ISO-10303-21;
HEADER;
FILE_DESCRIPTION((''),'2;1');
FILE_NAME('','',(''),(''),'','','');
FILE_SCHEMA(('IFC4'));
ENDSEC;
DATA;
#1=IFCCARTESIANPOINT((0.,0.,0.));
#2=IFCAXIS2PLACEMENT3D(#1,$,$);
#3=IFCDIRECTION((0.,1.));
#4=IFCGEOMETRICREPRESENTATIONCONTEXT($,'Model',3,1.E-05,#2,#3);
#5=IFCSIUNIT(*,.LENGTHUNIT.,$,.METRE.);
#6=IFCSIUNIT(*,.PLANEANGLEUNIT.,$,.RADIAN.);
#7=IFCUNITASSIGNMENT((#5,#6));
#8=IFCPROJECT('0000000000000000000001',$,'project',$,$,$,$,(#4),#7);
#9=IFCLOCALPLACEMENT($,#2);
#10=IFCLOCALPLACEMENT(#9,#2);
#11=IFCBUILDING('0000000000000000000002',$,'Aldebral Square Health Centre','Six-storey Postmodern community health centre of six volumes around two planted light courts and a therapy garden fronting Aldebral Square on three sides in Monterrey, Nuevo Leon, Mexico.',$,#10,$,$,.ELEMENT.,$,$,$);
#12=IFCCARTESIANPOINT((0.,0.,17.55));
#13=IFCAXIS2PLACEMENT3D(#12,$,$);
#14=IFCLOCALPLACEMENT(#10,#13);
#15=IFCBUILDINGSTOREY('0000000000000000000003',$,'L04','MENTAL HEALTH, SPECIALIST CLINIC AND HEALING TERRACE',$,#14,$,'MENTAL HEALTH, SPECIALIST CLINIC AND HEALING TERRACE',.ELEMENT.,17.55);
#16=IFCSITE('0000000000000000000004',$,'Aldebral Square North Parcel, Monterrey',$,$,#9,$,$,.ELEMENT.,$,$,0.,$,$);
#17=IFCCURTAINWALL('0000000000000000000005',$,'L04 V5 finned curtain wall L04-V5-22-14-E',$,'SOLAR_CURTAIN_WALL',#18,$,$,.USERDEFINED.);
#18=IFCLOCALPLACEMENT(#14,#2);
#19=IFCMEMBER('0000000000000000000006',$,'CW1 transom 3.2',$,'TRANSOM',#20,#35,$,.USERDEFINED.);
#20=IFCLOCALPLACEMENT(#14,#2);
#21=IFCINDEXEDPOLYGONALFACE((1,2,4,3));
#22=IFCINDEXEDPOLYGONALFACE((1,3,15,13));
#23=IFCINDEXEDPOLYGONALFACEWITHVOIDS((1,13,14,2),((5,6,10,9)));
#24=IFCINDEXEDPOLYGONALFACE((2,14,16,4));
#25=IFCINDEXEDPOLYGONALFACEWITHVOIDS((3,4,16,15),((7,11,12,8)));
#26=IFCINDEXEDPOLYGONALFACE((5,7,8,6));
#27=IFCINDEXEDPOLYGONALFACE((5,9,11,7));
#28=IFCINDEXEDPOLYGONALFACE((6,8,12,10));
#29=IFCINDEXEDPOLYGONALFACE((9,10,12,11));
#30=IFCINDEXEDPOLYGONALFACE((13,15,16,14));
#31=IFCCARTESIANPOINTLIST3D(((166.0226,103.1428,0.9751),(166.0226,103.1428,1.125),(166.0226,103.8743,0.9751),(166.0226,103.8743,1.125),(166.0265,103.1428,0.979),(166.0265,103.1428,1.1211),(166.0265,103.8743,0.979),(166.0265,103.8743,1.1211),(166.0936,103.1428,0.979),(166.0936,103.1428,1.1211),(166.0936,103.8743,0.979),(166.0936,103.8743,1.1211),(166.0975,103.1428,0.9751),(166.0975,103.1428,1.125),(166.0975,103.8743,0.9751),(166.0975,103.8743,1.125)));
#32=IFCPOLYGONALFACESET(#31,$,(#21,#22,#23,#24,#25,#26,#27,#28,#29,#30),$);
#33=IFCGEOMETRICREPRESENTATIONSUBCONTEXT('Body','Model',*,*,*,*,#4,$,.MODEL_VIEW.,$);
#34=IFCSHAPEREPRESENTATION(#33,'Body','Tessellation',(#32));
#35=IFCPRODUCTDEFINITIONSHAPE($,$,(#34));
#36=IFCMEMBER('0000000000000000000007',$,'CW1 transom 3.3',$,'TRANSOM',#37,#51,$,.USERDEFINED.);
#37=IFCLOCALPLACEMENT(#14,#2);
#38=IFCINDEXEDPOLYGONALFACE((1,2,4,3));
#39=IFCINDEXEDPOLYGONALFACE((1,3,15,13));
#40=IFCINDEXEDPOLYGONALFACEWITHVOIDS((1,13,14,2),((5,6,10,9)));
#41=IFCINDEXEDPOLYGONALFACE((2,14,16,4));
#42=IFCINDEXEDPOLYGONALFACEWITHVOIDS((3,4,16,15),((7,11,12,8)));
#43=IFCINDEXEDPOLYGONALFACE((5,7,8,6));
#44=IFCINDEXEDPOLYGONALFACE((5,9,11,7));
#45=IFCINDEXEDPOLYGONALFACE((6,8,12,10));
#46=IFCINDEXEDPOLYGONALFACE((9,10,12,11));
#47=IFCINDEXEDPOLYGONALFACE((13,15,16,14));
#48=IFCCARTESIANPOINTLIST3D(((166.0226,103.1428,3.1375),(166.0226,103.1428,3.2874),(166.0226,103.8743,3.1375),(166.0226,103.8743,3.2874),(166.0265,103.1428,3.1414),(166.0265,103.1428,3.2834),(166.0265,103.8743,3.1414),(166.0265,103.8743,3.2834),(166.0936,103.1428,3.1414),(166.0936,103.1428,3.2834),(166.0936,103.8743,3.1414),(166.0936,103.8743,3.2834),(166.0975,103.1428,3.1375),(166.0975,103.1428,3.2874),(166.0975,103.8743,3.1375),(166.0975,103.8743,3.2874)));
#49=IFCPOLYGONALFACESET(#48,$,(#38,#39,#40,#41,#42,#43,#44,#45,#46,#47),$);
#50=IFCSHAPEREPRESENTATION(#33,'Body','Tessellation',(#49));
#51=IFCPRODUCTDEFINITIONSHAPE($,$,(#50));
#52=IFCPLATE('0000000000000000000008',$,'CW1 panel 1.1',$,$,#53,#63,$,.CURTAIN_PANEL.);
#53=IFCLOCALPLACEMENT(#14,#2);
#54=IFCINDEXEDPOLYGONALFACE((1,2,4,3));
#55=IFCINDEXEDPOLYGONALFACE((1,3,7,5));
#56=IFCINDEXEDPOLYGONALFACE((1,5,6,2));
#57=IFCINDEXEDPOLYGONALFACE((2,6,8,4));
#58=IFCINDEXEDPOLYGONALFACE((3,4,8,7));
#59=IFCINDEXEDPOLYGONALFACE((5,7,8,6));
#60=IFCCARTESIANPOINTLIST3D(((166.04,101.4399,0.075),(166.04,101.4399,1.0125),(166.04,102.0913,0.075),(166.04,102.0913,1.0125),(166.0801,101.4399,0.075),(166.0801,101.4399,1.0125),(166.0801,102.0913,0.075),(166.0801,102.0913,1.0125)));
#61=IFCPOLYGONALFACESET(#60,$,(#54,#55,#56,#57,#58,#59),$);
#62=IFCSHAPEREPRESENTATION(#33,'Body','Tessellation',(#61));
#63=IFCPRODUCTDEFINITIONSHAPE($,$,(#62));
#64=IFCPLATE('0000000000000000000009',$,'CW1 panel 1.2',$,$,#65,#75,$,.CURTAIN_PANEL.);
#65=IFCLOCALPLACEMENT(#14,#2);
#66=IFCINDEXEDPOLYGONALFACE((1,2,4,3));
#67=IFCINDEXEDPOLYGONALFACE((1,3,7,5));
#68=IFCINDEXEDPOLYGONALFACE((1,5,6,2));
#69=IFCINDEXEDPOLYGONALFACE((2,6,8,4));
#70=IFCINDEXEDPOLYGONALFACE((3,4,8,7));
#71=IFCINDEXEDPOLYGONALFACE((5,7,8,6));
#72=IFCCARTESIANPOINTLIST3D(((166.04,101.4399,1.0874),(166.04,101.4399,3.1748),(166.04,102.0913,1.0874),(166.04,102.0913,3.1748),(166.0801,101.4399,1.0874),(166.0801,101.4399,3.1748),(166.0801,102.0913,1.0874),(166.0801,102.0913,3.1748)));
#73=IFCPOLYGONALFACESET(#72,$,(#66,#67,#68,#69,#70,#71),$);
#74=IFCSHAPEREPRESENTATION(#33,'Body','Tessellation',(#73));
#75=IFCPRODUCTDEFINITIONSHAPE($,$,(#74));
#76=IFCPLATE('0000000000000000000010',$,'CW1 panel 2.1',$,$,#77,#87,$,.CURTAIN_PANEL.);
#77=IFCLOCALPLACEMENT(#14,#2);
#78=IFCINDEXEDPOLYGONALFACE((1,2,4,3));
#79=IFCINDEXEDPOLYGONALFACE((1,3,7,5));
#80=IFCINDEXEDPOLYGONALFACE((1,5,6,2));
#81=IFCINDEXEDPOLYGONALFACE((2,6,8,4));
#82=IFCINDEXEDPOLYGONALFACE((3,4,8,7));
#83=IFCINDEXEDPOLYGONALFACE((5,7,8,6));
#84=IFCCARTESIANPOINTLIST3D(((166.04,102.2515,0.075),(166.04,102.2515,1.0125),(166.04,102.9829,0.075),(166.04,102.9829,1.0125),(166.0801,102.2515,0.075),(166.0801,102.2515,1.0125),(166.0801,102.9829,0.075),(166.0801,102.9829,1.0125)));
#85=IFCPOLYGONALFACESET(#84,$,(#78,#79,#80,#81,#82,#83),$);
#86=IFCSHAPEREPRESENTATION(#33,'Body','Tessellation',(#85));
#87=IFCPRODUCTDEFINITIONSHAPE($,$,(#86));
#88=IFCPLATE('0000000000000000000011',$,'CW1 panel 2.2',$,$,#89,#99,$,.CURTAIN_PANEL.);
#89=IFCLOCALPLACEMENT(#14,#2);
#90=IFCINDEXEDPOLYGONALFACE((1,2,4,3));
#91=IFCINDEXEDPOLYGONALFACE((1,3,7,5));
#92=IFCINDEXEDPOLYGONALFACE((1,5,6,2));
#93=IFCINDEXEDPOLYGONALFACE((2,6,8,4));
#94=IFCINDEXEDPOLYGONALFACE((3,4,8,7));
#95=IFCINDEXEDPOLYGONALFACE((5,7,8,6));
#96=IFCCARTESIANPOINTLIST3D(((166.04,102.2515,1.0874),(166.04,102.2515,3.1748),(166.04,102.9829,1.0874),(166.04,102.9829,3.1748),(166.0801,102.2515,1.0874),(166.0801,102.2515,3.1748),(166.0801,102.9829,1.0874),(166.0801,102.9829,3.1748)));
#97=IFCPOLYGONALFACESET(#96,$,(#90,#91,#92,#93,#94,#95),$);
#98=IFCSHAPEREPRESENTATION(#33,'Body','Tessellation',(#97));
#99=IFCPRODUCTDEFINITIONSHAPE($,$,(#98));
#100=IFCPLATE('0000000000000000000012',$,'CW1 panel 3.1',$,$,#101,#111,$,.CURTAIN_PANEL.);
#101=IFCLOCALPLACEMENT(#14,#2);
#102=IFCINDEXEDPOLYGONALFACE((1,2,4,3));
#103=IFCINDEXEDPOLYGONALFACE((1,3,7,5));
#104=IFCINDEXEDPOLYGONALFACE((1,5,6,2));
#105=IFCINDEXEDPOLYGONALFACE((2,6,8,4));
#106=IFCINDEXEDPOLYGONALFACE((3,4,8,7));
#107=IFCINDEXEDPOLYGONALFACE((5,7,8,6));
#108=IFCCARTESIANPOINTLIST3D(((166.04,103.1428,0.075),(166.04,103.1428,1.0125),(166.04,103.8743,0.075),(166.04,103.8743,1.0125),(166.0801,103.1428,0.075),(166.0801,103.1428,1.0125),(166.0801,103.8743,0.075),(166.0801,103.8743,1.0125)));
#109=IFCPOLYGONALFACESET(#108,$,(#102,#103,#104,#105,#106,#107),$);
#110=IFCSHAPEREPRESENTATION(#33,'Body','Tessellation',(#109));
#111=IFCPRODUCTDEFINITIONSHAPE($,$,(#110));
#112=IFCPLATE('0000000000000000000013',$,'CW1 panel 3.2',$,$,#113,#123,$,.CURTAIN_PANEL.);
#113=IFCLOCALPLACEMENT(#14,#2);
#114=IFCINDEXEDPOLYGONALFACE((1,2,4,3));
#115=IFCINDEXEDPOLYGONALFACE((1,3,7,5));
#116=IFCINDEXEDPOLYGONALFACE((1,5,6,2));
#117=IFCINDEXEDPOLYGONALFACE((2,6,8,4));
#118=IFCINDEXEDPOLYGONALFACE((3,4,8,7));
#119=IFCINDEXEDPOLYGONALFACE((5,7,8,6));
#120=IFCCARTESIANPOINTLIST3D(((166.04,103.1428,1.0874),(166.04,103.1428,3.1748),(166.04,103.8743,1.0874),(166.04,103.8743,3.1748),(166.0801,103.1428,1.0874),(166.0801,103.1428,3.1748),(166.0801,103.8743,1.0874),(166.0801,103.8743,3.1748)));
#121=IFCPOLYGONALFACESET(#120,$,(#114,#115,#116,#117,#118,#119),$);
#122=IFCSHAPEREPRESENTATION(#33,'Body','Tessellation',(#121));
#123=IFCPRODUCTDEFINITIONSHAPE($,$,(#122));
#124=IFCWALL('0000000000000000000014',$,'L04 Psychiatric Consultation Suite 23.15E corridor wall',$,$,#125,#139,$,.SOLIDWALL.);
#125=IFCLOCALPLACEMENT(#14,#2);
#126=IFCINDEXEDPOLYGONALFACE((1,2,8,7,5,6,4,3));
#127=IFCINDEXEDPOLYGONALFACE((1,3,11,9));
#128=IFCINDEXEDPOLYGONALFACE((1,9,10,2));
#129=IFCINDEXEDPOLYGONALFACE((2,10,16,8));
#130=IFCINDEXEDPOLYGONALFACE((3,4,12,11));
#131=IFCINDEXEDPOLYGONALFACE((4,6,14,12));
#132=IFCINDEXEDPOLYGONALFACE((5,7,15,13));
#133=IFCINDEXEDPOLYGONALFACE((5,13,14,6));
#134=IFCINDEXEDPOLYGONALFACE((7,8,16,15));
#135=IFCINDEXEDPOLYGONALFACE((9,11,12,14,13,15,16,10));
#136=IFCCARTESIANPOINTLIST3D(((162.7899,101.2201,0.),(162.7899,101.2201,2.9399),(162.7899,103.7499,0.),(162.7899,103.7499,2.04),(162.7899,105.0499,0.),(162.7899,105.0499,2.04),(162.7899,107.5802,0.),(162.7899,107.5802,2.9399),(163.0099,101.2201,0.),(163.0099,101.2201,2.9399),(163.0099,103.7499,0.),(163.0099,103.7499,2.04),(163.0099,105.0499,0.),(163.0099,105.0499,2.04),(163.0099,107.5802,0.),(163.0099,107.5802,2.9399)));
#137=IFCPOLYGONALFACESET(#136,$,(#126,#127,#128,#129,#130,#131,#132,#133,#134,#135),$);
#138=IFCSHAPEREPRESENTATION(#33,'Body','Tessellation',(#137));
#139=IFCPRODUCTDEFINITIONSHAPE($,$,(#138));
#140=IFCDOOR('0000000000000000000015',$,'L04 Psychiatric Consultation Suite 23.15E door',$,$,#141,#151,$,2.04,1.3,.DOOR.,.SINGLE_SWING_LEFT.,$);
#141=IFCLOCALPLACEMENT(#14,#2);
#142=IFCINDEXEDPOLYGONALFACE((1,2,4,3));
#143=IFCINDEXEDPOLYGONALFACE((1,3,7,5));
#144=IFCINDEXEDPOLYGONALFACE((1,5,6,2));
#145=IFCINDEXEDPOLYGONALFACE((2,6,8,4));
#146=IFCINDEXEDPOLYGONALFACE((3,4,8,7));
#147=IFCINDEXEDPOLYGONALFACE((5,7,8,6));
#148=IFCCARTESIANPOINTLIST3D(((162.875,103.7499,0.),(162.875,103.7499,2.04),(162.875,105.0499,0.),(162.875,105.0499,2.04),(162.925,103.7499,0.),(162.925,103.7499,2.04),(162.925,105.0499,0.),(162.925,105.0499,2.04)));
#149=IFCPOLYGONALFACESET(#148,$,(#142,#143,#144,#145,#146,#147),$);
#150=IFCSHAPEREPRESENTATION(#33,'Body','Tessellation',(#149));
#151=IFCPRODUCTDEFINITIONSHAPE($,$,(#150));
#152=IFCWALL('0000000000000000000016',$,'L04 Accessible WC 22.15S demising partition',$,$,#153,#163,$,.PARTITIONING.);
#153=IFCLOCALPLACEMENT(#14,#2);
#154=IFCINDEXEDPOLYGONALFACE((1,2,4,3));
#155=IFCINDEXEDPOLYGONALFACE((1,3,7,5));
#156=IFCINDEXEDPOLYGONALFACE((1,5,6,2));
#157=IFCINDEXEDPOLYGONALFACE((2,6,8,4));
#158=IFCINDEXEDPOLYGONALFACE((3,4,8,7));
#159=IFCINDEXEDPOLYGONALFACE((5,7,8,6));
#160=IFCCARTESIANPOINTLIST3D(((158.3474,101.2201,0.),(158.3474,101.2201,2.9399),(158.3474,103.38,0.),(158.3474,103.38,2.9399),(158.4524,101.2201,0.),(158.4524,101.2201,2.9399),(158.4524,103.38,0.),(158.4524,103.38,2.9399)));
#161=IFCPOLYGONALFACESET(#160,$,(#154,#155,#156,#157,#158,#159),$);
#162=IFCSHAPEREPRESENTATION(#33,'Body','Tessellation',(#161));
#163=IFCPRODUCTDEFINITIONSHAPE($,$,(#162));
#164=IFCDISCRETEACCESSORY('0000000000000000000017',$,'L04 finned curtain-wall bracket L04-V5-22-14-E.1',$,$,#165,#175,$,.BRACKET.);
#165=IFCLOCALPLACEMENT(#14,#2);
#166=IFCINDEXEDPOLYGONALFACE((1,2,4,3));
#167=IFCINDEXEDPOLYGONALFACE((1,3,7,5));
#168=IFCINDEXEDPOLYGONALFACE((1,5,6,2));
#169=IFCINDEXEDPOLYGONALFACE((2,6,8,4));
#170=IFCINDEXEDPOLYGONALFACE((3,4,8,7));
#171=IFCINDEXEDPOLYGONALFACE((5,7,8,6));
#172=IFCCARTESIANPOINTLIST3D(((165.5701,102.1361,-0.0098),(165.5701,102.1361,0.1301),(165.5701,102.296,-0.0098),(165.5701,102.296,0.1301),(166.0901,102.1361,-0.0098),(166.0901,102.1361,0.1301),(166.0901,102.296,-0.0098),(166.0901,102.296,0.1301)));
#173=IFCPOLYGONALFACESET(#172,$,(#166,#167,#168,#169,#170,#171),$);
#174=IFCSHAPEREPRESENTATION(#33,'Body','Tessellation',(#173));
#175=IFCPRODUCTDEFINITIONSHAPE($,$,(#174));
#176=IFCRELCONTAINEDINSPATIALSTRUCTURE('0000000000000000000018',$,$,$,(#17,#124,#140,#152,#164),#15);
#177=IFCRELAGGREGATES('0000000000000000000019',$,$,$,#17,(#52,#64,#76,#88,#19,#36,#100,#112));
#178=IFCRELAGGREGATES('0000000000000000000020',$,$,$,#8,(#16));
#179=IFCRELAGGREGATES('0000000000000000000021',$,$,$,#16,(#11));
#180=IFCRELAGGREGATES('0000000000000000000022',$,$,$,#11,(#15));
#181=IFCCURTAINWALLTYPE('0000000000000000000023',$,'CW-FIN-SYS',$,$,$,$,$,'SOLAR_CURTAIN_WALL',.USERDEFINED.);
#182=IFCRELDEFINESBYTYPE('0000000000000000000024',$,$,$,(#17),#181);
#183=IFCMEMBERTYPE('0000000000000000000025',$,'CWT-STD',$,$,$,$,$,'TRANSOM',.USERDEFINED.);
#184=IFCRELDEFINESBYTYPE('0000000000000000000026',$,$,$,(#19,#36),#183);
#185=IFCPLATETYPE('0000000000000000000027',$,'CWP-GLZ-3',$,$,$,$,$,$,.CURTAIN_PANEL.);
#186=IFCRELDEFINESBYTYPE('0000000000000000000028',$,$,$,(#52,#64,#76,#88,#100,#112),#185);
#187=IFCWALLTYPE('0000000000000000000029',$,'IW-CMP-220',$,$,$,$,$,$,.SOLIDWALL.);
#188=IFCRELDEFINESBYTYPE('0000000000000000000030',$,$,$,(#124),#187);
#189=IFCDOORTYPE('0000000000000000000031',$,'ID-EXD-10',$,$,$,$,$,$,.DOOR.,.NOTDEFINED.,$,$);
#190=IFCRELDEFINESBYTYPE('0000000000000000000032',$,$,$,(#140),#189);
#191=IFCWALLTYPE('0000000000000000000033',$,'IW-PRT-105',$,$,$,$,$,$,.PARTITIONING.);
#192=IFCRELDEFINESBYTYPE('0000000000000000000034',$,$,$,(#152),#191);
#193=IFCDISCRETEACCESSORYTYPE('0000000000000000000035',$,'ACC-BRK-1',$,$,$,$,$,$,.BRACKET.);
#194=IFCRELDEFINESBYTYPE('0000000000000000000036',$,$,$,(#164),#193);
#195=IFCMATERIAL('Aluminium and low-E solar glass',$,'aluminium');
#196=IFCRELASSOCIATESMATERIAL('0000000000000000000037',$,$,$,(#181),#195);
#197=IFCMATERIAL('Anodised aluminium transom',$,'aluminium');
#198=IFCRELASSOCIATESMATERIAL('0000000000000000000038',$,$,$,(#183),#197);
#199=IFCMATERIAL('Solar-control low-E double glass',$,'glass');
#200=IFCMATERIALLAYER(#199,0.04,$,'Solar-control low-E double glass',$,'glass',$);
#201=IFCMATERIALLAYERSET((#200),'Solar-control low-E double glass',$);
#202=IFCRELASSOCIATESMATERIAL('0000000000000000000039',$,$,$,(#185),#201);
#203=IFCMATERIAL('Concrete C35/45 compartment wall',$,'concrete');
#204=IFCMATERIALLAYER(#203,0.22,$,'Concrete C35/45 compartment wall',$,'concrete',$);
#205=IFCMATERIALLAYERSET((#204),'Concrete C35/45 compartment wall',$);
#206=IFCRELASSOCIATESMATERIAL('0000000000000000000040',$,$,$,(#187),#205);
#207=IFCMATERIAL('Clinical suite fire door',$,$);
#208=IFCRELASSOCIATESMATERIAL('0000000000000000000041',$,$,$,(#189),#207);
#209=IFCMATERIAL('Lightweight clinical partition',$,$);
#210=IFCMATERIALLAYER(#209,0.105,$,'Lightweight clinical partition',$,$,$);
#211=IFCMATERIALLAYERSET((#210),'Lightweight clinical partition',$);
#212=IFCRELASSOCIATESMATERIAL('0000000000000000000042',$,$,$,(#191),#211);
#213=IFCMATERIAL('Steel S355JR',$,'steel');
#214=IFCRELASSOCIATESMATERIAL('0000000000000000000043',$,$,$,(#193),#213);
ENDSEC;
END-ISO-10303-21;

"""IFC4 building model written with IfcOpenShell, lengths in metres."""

from ifc_helpers import new_model, si_unit, direction, frame, frame_2d, origin, origin_2d, place, context, subcontext, project, spatial, rectangle, hollow_rectangle, extrude, material, layer, layer_set, material_profile, profile_set, type_object, element, fill, aggregate, save


model = new_model("IFC4")

# Units and contexts
model_context = context("Model", 3, precision=1e-05, world=origin(), true_north=direction((0.0, 1.0)))
body_context = subcontext(model_context, "Body", "Model", "MODEL_VIEW")
ifc_project = project(units=[si_unit("LENGTHUNIT", "METRE"), si_unit("PLANEANGLEUNIT", "RADIAN")], contexts=[model_context])

# Site, building, storey
site_placement = place(None, origin())
site = spatial("IfcSite", under=ifc_project, at=site_placement, Name="Aldebral Square North Parcel, Monterrey", CompositionType="ELEMENT", RefElevation=0.0)
building_placement = place(site_placement, origin())
building = spatial("IfcBuilding", under=site, at=building_placement, Name="Aldebral Square Health Centre", Description="Six-storey Postmodern community health centre of six volumes around two planted light courts and a therapy garden fronting Aldebral Square on three sides in Monterrey, Nuevo Leon, Mexico.", CompositionType="ELEMENT")
storey_placement = place(building_placement, frame((0.0, 0.0, 17.55)))
storey = spatial("IfcBuildingStorey", under=building, at=storey_placement, Name="L04", Description="MENTAL HEALTH, SPECIALIST CLINIC AND HEALING TERRACE", LongName="MENTAL HEALTH, SPECIALIST CLINIC AND HEALING TERRACE", CompositionType="ELEMENT", Elevation=17.55)

# Curtain wall, members, plates
ifc_material_1 = material(Name="Aluminium and low-E solar glass", Category="aluminium")
curtain_wall_type = type_object("IfcCurtainWallType", Name="CW-FIN-SYS", ElementType="SOLAR_CURTAIN_WALL", PredefinedType="USERDEFINED", material=ifc_material_1)
curtain_wall_placement = place(storey_placement, origin())
curtain_wall = element("IfcCurtainWall", 1, at=curtain_wall_placement, inside=storey, type_object=curtain_wall_type, Name="L04 V5 finned curtain wall L04-V5-22-14-E", ObjectType="SOLAR_CURTAIN_WALL", PredefinedType="USERDEFINED")
ifc_material_2 = material(Name="Anodised aluminium transom", Category="aluminium")
ifc_material_profile_1 = material_profile(ifc_material_2, hollow_rectangle(XDim=0.075, YDim=0.1499, WallThickness=0.0039, at=origin_2d()), Name="CWT 75x150x4")
ifc_profile_set_1 = profile_set([ifc_material_profile_1], Name="Anodised aluminium transom")
member_type_1 = type_object("IfcMemberType", Name="CWT-STD", ElementType="TRANSOM", PredefinedType="USERDEFINED", material=ifc_profile_set_1)
member_1_placement = place(storey_placement, frame((166.0601, 103.1428, 1.05), z_axis=(0.0, 1.0, 0.0), x_axis=(-1.0, 0.0, 0.0)))
member_1 = element("IfcMember", 2, at=member_1_placement, type_object=member_type_1, Name="CW1 transom 3.2", ObjectType="TRANSOM", PredefinedType="USERDEFINED", context=body_context, shape_type="SweptSolid", body=[
    extrude(hollow_rectangle(XDim=0.075, YDim=0.1499, WallThickness=0.0039, at=origin_2d()), origin(), (0.0, 0.0, 1.0), 0.7314),
])
member_2_placement = place(storey_placement, frame((166.0601, 103.1428, 3.2124), z_axis=(0.0, 1.0, 0.0), x_axis=(-1.0, 0.0, 0.0)))
member_2 = element("IfcMember", 3, at=member_2_placement, type_object=member_type_1, Name="CW1 transom 3.3", ObjectType="TRANSOM", PredefinedType="USERDEFINED", context=body_context, shape_type="SweptSolid", body=[
    extrude(hollow_rectangle(XDim=0.075, YDim=0.1499, WallThickness=0.0039, at=origin_2d()), origin(), (0.0, 0.0, 1.0), 0.7314),
])
ifc_material_3 = material(Name="Solar-control low-E double glass", Category="glass")
ifc_layer_1 = layer(ifc_material_3, 0.04, Name="Solar-control low-E double glass", Category="glass")
ifc_layer_set_1 = layer_set([ifc_layer_1], Name="Solar-control low-E double glass")
plate_type = type_object("IfcPlateType", Name="CWP-GLZ-3", PredefinedType="CURTAIN_PANEL", material=ifc_layer_set_1)
plate_1_placement = place(storey_placement, frame((166.0601, 101.7656, 0.075), z_axis=(0.0, 0.0, 1.0), x_axis=(0.0, 1.0, 0.0)))
plate_1 = element("IfcPlate", 4, at=plate_1_placement, type_object=plate_type, Name="CW1 panel 1.1", PredefinedType="CURTAIN_PANEL", context=body_context, shape_type="SweptSolid", body=[
    extrude(rectangle(XDim=0.6514, YDim=0.04, at=origin_2d()), origin(), (0.0, 0.0, 1.0), 0.9375),
])
plate_2_placement = place(storey_placement, frame((166.0601, 101.7656, 1.0874), z_axis=(0.0, 0.0, 1.0), x_axis=(0.0, 1.0, 0.0)))
plate_2 = element("IfcPlate", 5, at=plate_2_placement, type_object=plate_type, Name="CW1 panel 1.2", PredefinedType="CURTAIN_PANEL", context=body_context, shape_type="SweptSolid", body=[
    extrude(rectangle(XDim=0.6514, YDim=0.04, at=origin_2d()), origin(), (0.0, 0.0, 1.0), 2.0874),
])
plate_3_placement = place(storey_placement, frame((166.0601, 102.6172, 0.075), z_axis=(0.0, 0.0, 1.0), x_axis=(0.0, 1.0, 0.0)))
plate_3 = element("IfcPlate", 6, at=plate_3_placement, type_object=plate_type, Name="CW1 panel 2.1", PredefinedType="CURTAIN_PANEL", context=body_context, shape_type="SweptSolid", body=[
    extrude(rectangle(XDim=0.7314, YDim=0.04, at=origin_2d()), origin(), (0.0, 0.0, 1.0), 0.9375),
])
plate_4_placement = place(storey_placement, frame((166.0601, 102.6172, 1.0874), z_axis=(0.0, 0.0, 1.0), x_axis=(0.0, 1.0, 0.0)))
plate_4 = element("IfcPlate", 7, at=plate_4_placement, type_object=plate_type, Name="CW1 panel 2.2", PredefinedType="CURTAIN_PANEL", context=body_context, shape_type="SweptSolid", body=[
    extrude(rectangle(XDim=0.7314, YDim=0.04, at=origin_2d()), origin(), (0.0, 0.0, 1.0), 2.0874),
])
plate_5_placement = place(storey_placement, frame((166.0601, 103.5085, 0.075), z_axis=(0.0, 0.0, 1.0), x_axis=(0.0, 1.0, 0.0)))
plate_5 = element("IfcPlate", 8, at=plate_5_placement, type_object=plate_type, Name="CW1 panel 3.1", PredefinedType="CURTAIN_PANEL", context=body_context, shape_type="SweptSolid", body=[
    extrude(rectangle(XDim=0.7314, YDim=0.04, at=origin_2d()), origin(), (0.0, 0.0, 1.0), 0.9375),
])
plate_6_placement = place(storey_placement, frame((166.0601, 103.5085, 1.0874), z_axis=(0.0, 0.0, 1.0), x_axis=(0.0, 1.0, 0.0)))
plate_6 = element("IfcPlate", 9, at=plate_6_placement, type_object=plate_type, Name="CW1 panel 3.2", PredefinedType="CURTAIN_PANEL", context=body_context, shape_type="SweptSolid", body=[
    extrude(rectangle(XDim=0.7314, YDim=0.04, at=origin_2d()), origin(), (0.0, 0.0, 1.0), 2.0874),
])
aggregate(curtain_wall, [plate_1, plate_2, plate_3, plate_4, member_1, member_2, plate_5, plate_6])

# Wall, opening, door
ifc_material_4 = material(Name="Concrete C35/45 compartment wall", Category="concrete")
ifc_layer_2 = layer(ifc_material_4, 0.22, Name="Concrete C35/45 compartment wall", Category="concrete")
ifc_layer_set_2 = layer_set([ifc_layer_2], Name="Concrete C35/45 compartment wall")
wall_type_1 = type_object("IfcWallType", Name="IW-CMP-220", PredefinedType="SOLIDWALL", material=ifc_layer_set_2)
wall_1_placement = place(storey_placement, frame((162.8999, 101.22, 0.0), z_axis=(0.0, 0.0, 1.0), x_axis=(0.0, 1.0, 0.0)))
wall_1 = element("IfcWall", 10, at=wall_1_placement, inside=storey, type_object=wall_type_1, Name="L04 Psychiatric Consultation Suite 23.15E corridor wall", PredefinedType="SOLIDWALL", context=body_context, shape_type="SweptSolid", body=[
    extrude(rectangle(XDim=6.3601, YDim=0.22, at=frame_2d((3.1802, 0.0))), origin(), (0.0, 0.0, 1.0), 2.9399),
])
opening_placement = place(wall_1_placement, frame((2.53, 0.0, 0.0)))
opening = element("IfcOpeningElement", 11, at=opening_placement, cuts=wall_1, PredefinedType="OPENING", context=body_context, shape_type="SweptSolid", body=[
    extrude(rectangle(XDim=1.3, YDim=2.04, at=frame_2d((0.6499, 1.02))), frame((0.0, 0.1201, 0.0), z_axis=(0.0, -1.0, 0.0), x_axis=(1.0, 0.0, 0.0)), (0.0, 0.0, 1.0), 0.24),
])
ifc_material_5 = material(Name="Clinical suite fire door")
door_type = type_object("IfcDoorType", Name="ID-EXD-10", OperationType="NOTDEFINED", PredefinedType="DOOR", material=ifc_material_5)
door_placement = place(opening_placement, origin())
door = element("IfcDoor", 12, at=door_placement, inside=storey, type_object=door_type, Name="L04 Psychiatric Consultation Suite 23.15E door", OperationType="SINGLE_SWING_LEFT", OverallHeight=2.04, OverallWidth=1.3, PredefinedType="DOOR", context=body_context, shape_type="SweptSolid", body=[
    extrude(rectangle(XDim=1.3, YDim=2.04, at=frame_2d((0.6499, 1.02))), frame((0.0, 0.0249, 0.0), z_axis=(0.0, -1.0, 0.0), x_axis=(1.0, 0.0, 0.0)), (0.0, 0.0, 1.0), 0.05),
])
fill(opening, door)

# Wall
ifc_material_6 = material(Name="Lightweight clinical partition")
ifc_layer_3 = layer(ifc_material_6, 0.105, Name="Lightweight clinical partition")
ifc_layer_set_3 = layer_set([ifc_layer_3], Name="Lightweight clinical partition")
wall_type_2 = type_object("IfcWallType", Name="IW-PRT-105", PredefinedType="PARTITIONING", material=ifc_layer_set_3)
wall_2_placement = place(storey_placement, frame((158.3999, 101.22, 0.0), z_axis=(0.0, 0.0, 1.0), x_axis=(0.0, 1.0, 0.0)))
element("IfcWall", 13, at=wall_2_placement, inside=storey, type_object=wall_type_2, Name="L04 Accessible WC 22.15S demising partition", PredefinedType="PARTITIONING", context=body_context, shape_type="SweptSolid", body=[
    extrude(rectangle(XDim=2.1599, YDim=0.105, at=frame_2d((1.0801, 0.0))), origin(), (0.0, 0.0, 1.0), 2.9399),
])

# Discrete accessory
ifc_material_7 = material(Name="Steel S355JR", Category="steel")
discrete_accessory_type = type_object("IfcDiscreteAccessoryType", Name="ACC-BRK-1", PredefinedType="BRACKET", material=ifc_material_7)
discrete_accessory_placement = place(storey_placement, frame((165.8301, 102.2161, -0.0098), z_axis=(0.0, 0.0, 1.0), x_axis=(0.0, 1.0, 0.0)))
element("IfcDiscreteAccessory", 14, at=discrete_accessory_placement, inside=storey, type_object=discrete_accessory_type, Name="L04 finned curtain-wall bracket L04-V5-22-14-E.1", PredefinedType="BRACKET", context=body_context, shape_type="SweptSolid", body=[
    extrude(rectangle(XDim=0.1599, YDim=0.52, at=origin_2d()), origin(), (0.0, 0.0, 1.0), 0.1399),
])

save(model, "model.ifc")
